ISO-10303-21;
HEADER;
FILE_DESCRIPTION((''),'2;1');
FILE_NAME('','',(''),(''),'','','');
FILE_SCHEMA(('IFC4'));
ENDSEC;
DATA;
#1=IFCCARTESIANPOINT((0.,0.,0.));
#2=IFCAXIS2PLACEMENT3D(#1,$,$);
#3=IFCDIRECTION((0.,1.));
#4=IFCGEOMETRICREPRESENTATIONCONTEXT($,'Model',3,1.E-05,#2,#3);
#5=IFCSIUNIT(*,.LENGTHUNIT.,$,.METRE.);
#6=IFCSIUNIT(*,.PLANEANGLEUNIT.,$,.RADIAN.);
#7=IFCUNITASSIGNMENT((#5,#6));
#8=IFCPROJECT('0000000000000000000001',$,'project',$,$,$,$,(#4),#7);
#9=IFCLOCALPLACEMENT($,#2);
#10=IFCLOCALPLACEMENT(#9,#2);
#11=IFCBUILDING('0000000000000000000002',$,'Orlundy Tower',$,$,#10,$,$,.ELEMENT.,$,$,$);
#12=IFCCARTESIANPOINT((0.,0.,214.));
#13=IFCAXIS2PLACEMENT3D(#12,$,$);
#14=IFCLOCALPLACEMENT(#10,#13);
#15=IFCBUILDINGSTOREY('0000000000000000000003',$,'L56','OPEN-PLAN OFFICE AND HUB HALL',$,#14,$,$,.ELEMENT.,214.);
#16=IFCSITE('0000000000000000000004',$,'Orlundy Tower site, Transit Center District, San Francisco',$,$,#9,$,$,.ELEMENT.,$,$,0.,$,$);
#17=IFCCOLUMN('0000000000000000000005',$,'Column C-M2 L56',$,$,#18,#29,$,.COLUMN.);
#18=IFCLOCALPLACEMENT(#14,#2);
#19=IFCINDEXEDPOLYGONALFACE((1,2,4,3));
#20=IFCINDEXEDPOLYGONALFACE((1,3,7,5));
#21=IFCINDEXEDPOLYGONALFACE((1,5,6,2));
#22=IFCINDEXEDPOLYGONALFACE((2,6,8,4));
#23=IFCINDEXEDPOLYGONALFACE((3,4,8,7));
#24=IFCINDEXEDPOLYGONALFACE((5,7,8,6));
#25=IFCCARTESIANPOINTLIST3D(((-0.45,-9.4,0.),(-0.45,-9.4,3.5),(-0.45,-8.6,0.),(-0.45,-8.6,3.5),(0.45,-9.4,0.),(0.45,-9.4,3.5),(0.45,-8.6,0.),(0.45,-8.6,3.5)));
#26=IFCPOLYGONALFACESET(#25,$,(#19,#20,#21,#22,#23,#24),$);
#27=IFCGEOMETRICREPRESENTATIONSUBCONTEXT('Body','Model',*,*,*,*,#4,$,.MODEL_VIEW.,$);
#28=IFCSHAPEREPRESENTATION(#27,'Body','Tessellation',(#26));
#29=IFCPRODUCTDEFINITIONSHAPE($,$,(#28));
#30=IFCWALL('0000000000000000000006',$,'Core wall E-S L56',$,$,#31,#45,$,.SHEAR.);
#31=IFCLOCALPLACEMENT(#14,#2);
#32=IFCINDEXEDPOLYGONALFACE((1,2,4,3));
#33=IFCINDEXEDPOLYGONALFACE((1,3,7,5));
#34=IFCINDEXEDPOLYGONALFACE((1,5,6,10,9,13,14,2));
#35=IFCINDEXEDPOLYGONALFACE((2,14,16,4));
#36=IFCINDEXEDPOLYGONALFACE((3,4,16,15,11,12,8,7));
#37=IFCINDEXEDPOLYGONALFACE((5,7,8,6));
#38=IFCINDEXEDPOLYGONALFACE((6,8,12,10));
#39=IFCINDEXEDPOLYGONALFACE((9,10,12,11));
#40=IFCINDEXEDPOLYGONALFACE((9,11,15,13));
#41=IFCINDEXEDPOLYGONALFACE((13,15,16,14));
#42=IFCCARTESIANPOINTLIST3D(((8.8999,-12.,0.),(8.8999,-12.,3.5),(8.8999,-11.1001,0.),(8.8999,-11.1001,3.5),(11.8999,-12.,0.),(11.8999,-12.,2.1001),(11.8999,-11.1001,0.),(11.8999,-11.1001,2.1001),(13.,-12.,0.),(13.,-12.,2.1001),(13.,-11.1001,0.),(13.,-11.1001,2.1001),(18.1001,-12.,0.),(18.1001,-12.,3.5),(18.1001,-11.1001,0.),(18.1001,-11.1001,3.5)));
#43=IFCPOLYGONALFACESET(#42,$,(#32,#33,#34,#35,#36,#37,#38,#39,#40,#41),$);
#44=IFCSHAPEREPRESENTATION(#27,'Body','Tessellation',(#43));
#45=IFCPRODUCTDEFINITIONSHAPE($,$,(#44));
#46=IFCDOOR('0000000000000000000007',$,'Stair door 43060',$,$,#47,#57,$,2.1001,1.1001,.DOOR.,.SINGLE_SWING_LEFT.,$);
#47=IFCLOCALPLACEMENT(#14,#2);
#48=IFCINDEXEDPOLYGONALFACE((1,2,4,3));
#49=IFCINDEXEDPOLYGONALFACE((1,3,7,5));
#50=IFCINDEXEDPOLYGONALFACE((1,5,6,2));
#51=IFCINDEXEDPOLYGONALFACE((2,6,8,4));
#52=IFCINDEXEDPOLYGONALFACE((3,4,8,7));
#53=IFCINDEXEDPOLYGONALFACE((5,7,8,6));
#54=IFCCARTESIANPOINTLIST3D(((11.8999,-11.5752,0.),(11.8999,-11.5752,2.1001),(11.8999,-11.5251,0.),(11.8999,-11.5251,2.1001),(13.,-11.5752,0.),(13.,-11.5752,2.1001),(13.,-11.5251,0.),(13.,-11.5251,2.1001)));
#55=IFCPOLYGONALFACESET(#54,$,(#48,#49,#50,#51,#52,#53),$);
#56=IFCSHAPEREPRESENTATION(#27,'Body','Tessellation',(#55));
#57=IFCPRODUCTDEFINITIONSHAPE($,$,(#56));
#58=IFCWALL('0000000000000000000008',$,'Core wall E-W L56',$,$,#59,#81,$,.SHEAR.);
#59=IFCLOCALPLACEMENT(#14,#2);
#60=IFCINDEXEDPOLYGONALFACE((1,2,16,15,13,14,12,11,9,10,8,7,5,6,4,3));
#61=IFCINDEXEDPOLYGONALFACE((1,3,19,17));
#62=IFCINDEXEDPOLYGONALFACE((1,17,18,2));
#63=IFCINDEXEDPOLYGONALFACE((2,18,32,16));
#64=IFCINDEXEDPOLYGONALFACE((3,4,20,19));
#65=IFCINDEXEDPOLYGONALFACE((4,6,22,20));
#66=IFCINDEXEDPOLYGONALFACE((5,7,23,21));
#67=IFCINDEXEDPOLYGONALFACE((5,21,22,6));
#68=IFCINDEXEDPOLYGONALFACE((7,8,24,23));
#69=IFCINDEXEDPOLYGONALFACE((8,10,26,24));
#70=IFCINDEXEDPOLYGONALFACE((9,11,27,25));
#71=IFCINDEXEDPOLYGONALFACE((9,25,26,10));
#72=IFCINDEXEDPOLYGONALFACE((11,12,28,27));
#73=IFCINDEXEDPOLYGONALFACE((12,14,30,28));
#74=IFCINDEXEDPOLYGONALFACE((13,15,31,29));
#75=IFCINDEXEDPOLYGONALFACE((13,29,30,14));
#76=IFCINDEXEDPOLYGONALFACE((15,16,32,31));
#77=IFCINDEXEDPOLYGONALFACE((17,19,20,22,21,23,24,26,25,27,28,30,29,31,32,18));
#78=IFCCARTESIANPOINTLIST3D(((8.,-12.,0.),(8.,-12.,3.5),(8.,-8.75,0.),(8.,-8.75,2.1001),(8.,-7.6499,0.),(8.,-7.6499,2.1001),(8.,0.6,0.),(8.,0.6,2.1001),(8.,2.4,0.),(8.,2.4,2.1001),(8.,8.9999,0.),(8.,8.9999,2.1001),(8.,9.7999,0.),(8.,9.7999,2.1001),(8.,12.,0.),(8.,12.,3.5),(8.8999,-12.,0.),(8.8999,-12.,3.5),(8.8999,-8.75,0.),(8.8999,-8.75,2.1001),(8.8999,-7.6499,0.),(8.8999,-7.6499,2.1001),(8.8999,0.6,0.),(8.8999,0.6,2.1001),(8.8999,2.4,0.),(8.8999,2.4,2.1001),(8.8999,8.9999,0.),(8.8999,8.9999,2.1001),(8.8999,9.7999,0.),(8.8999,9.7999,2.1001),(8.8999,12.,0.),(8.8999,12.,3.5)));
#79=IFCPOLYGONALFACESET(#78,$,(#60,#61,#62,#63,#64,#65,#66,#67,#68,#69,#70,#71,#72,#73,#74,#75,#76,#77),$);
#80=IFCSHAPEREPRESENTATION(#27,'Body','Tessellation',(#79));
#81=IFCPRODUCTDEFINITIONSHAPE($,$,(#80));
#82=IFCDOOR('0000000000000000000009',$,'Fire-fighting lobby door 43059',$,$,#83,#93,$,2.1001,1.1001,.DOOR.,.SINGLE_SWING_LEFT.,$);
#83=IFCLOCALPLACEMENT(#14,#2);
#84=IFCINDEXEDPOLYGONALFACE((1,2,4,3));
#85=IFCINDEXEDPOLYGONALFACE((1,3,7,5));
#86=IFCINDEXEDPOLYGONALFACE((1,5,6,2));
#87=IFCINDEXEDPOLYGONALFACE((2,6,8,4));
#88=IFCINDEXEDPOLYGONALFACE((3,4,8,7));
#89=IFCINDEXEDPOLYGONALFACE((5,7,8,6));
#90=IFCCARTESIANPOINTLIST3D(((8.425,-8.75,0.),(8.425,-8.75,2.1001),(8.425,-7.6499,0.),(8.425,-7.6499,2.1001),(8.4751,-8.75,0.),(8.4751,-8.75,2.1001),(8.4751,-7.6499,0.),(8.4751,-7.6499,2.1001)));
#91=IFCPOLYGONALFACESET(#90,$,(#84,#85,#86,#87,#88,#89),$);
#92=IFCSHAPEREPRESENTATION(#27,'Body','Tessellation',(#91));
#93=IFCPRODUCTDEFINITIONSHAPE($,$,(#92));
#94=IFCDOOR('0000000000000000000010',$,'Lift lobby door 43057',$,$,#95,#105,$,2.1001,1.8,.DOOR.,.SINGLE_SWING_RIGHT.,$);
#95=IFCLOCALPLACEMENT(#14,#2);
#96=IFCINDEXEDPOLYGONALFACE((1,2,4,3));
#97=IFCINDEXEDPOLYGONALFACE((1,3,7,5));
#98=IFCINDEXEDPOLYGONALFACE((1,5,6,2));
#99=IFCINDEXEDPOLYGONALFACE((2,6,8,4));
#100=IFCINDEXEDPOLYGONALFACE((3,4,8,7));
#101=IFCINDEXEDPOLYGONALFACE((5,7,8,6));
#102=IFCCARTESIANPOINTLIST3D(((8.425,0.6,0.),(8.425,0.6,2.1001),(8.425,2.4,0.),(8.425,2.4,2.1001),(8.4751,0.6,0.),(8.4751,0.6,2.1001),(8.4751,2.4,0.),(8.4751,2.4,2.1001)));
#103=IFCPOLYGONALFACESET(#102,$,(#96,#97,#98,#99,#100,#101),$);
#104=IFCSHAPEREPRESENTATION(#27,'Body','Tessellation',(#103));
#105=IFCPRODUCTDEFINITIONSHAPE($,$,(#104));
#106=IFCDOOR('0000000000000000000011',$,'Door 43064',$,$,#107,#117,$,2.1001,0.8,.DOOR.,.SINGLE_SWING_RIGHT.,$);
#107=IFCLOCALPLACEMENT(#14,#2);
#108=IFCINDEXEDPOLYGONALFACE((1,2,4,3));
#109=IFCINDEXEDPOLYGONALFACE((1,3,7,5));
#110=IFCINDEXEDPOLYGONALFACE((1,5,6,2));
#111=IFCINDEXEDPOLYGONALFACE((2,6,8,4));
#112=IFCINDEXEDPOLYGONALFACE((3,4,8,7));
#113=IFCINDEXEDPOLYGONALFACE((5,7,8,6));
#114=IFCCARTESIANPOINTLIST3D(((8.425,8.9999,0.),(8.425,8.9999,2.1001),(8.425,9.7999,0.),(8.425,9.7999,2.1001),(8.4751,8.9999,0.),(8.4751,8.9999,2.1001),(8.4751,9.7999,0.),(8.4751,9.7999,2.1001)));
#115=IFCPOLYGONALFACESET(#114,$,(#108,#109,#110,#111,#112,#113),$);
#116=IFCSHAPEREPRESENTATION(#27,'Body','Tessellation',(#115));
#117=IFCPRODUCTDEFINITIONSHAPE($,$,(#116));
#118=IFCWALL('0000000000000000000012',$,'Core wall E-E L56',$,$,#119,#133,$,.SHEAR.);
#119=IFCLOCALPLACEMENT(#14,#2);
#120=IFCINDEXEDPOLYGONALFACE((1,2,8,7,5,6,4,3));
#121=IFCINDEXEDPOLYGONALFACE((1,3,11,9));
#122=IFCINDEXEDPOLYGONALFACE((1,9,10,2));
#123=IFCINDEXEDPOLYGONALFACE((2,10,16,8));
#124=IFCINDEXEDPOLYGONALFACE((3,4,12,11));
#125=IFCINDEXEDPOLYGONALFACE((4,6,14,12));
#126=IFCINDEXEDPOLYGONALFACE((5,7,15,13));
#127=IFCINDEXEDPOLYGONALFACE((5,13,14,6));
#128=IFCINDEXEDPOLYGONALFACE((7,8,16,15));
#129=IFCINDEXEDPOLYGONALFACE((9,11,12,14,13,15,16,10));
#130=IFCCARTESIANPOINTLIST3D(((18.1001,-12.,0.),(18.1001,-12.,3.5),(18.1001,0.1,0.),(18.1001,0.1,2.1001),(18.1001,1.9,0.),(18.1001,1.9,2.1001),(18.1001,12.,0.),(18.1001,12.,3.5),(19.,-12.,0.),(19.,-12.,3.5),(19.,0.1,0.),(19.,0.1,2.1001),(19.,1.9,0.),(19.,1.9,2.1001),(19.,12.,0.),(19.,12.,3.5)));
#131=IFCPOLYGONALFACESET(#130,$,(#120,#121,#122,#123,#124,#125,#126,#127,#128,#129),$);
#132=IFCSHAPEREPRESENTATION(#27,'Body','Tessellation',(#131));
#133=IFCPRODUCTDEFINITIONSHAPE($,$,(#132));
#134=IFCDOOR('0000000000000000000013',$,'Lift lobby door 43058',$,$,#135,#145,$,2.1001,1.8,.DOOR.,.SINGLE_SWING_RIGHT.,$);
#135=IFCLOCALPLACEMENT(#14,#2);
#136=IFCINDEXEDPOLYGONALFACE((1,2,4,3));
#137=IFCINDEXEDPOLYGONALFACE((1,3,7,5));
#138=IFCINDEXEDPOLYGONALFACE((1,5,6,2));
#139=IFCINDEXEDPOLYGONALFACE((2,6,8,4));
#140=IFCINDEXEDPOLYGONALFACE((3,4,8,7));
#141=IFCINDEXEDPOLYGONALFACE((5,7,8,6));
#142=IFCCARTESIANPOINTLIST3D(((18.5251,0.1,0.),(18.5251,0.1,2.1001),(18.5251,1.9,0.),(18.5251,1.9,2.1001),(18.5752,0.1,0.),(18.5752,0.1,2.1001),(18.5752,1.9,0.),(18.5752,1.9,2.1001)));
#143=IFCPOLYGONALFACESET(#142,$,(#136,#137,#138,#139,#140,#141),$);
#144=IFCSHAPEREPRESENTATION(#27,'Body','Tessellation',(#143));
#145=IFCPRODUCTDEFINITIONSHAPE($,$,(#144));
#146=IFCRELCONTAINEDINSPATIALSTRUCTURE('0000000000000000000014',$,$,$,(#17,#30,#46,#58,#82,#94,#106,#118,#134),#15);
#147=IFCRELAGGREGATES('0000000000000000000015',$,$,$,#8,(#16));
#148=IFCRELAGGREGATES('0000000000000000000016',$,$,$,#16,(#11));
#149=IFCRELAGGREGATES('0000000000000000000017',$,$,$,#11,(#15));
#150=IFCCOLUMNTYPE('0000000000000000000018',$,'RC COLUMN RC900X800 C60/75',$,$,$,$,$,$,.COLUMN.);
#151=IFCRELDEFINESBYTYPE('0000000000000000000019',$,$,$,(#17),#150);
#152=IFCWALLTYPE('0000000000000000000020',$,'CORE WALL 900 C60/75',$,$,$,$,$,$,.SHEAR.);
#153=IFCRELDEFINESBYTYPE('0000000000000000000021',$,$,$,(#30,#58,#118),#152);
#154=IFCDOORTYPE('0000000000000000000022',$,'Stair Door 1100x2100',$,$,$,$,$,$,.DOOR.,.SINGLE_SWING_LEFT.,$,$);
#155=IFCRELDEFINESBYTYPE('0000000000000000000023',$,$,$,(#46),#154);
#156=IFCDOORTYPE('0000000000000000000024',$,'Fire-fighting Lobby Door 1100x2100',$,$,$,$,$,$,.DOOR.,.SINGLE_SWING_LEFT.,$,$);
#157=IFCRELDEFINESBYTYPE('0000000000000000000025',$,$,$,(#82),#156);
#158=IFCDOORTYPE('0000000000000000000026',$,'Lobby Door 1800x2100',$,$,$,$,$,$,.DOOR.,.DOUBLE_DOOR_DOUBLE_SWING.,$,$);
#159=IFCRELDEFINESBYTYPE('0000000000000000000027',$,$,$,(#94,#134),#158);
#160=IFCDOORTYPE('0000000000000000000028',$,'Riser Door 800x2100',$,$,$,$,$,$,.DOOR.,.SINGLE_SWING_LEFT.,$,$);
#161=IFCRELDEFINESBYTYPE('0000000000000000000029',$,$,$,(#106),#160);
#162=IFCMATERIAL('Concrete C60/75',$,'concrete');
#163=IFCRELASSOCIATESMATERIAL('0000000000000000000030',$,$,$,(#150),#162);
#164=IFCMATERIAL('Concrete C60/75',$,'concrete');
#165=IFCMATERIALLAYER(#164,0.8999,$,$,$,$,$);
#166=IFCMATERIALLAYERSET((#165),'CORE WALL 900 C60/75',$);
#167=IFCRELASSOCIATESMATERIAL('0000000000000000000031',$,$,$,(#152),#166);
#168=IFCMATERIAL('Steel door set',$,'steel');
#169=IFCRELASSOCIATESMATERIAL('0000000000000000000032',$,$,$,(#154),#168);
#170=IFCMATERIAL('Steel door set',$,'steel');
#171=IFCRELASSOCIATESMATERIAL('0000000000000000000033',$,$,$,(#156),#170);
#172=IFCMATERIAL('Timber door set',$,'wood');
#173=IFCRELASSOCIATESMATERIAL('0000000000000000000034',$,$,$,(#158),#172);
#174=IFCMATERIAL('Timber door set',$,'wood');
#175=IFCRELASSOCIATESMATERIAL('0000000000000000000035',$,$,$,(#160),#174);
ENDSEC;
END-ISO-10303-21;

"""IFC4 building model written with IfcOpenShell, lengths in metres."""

from ifc_helpers import new_model, si_unit, direction, frame, frame_2d, origin, origin_2d, place, context, subcontext, project, spatial, rectangle, extrude, material, layer, layer_set, material_profile, profile_set, type_object, element, fill, save


model = new_model("IFC4")

# Units and contexts
model_context = context("Model", 3, precision=1e-05, world=origin(), true_north=direction((0.0, 1.0)))
body_context = subcontext(model_context, "Body", "Model", "MODEL_VIEW")
ifc_project = project(units=[si_unit("LENGTHUNIT", "METRE"), si_unit("PLANEANGLEUNIT", "RADIAN")], contexts=[model_context])

# Site, building, storey
site_placement = place(None, origin())
site = spatial("IfcSite", under=ifc_project, at=site_placement, Name="Orlundy Tower site, Transit Center District, San Francisco", CompositionType="ELEMENT", RefElevation=0.0)
building_placement = place(site_placement, origin())
building = spatial("IfcBuilding", under=site, at=building_placement, Name="Orlundy Tower", CompositionType="ELEMENT")
storey_placement = place(building_placement, frame((0.0, 0.0, 214.0)))
storey = spatial("IfcBuildingStorey", under=building, at=storey_placement, Name="L56", Description="OPEN-PLAN OFFICE AND HUB HALL", CompositionType="ELEMENT", Elevation=214.0)

# Column
ifc_material_1 = material(Name="Concrete C60/75", Category="concrete")
ifc_material_profile = material_profile(ifc_material_1, rectangle(XDim=0.8999, YDim=0.8, at=origin_2d()), Name="RC900X800")
ifc_profile_set = profile_set([ifc_material_profile], Name="Concrete C60/75")
column_type = type_object("IfcColumnType", Name="RC COLUMN RC900X800 C60/75", PredefinedType="COLUMN", material=ifc_profile_set)
column_placement = place(storey_placement, frame((0.0, -9.0, 0.0), z_axis=(0.0, 0.0, 1.0), x_axis=(1.0, 0.0, 0.0)))
element("IfcColumn", 1, at=column_placement, inside=storey, type_object=column_type, Name="Column C-M2 L56", PredefinedType="COLUMN", context=body_context, shape_type="SweptSolid", body=[
    extrude(rectangle(XDim=0.8999, YDim=0.8, at=origin_2d()), origin(), (0.0, 0.0, 1.0), 3.5),
])

# Wall, opening, door
ifc_material_2 = material(Name="Concrete C60/75", Category="concrete")
ifc_layer_1 = layer(ifc_material_2, 0.8999)
ifc_layer_set_1 = layer_set([ifc_layer_1], Name="CORE WALL 900 C60/75")
wall_type_1 = type_object("IfcWallType", Name="CORE WALL 900 C60/75", PredefinedType="SHEAR", material=ifc_layer_set_1)
wall_1_placement = place(storey_placement, frame((8.8999, -11.55, 0.0), z_axis=(0.0, 0.0, 1.0), x_axis=(1.0, 0.0, 0.0)))
wall_1 = element("IfcWall", 2, at=wall_1_placement, inside=storey, type_object=wall_type_1, Name="Core wall E-S L56", PredefinedType="SHEAR", context=body_context, shape_type="SweptSolid", body=[
    extrude(rectangle(XDim=9.2002, YDim=0.8999, at=frame_2d((4.6001, 0.0))), origin(), (0.0, 0.0, 1.0), 3.5),
])
opening_1_placement = place(wall_1_placement, frame((3.0, 0.0, 0.0)))
opening_1 = element("IfcOpeningElement", 3, at=opening_1_placement, cuts=wall_1, PredefinedType="OPENING", context=body_context, shape_type="SweptSolid", body=[
    extrude(rectangle(XDim=1.1001, YDim=2.1001, at=frame_2d((0.55, 1.05))), frame((0.0, 0.46, 0.0), z_axis=(0.0, -1.0, 0.0), x_axis=(1.0, 0.0, 0.0)), (0.0, 0.0, 1.0), 0.9199),
])
ifc_material_3 = material(Name="Steel door set", Category="steel")
door_type_1 = type_object("IfcDoorType", Name="Stair Door 1100x2100", OperationType="SINGLE_SWING_LEFT", PredefinedType="DOOR", material=ifc_material_3)
door_1_placement = place(opening_1_placement, origin())
door_1 = element("IfcDoor", 4, at=door_1_placement, inside=storey, type_object=door_type_1, Name="Stair door 43060", OperationType="SINGLE_SWING_LEFT", OverallHeight=2.1001, OverallWidth=1.1001, PredefinedType="DOOR", context=body_context, shape_type="SweptSolid", body=[
    extrude(rectangle(XDim=1.1001, YDim=2.1001, at=frame_2d((0.55, 1.05))), frame((0.0, 0.0249, 0.0), z_axis=(0.0, -1.0, 0.0), x_axis=(1.0, 0.0, 0.0)), (0.0, 0.0, 1.0), 0.05),
])
fill(opening_1, door_1)

# Wall, openings, doors
wall_2_placement = place(storey_placement, frame((8.45, -12.0, 0.0), z_axis=(0.0, 0.0, 1.0), x_axis=(0.0, 1.0, 0.0)))
wall_2 = element("IfcWall", 5, at=wall_2_placement, inside=storey, type_object=wall_type_1, Name="Core wall E-W L56", PredefinedType="SHEAR", context=body_context, shape_type="SweptSolid", body=[
    extrude(rectangle(XDim=24.0, YDim=0.8999, at=frame_2d((12.0, 0.0))), origin(), (0.0, 0.0, 1.0), 3.5),
])
opening_2_placement = place(wall_2_placement, frame((12.6001, 0.0, 0.0)))
opening_2 = element("IfcOpeningElement", 6, at=opening_2_placement, cuts=wall_2, PredefinedType="OPENING", context=body_context, shape_type="SweptSolid", body=[
    extrude(rectangle(XDim=1.8, YDim=2.1001, at=frame_2d((0.8999, 1.05))), frame((0.0, 0.46, 0.0), z_axis=(0.0, -1.0, 0.0), x_axis=(1.0, 0.0, 0.0)), (0.0, 0.0, 1.0), 0.9199),
])
opening_3_placement = place(wall_2_placement, frame((3.25, 0.0, 0.0)))
opening_3 = element("IfcOpeningElement", 7, at=opening_3_placement, cuts=wall_2, PredefinedType="OPENING", context=body_context, shape_type="SweptSolid", body=[
    extrude(rectangle(XDim=1.1001, YDim=2.1001, at=frame_2d((0.55, 1.05))), frame((0.0, 0.46, 0.0), z_axis=(0.0, -1.0, 0.0), x_axis=(1.0, 0.0, 0.0)), (0.0, 0.0, 1.0), 0.9199),
])
opening_4_placement = place(wall_2_placement, frame((21.0, 0.0, 0.0)))
opening_4 = element("IfcOpeningElement", 8, at=opening_4_placement, cuts=wall_2, PredefinedType="OPENING", context=body_context, shape_type="SweptSolid", body=[
    extrude(rectangle(XDim=0.8, YDim=2.1001, at=frame_2d((0.3999, 1.05))), frame((0.0, 0.46, 0.0), z_axis=(0.0, -1.0, 0.0), x_axis=(1.0, 0.0, 0.0)), (0.0, 0.0, 1.0), 0.9199),
])
ifc_material_4 = material(Name="Steel door set", Category="steel")
door_type_2 = type_object("IfcDoorType", Name="Fire-fighting Lobby Door 1100x2100", OperationType="SINGLE_SWING_LEFT", PredefinedType="DOOR", material=ifc_material_4)
door_2_placement = place(opening_3_placement, origin())
door_2 = element("IfcDoor", 9, at=door_2_placement, inside=storey, type_object=door_type_2, Name="Fire-fighting lobby door 43059", OperationType="SINGLE_SWING_LEFT", OverallHeight=2.1001, OverallWidth=1.1001, PredefinedType="DOOR", context=body_context, shape_type="SweptSolid", body=[
    extrude(rectangle(XDim=1.1001, YDim=2.1001, at=frame_2d((0.55, 1.05))), frame((0.0, 0.0249, 0.0), z_axis=(0.0, -1.0, 0.0), x_axis=(1.0, 0.0, 0.0)), (0.0, 0.0, 1.0), 0.05),
])
fill(opening_3, door_2)
ifc_material_5 = material(Name="Timber door set", Category="wood")
door_type_3 = type_object("IfcDoorType", Name="Lobby Door 1800x2100", OperationType="DOUBLE_DOOR_DOUBLE_SWING", PredefinedType="DOOR", material=ifc_material_5)
door_3_placement = place(opening_2_placement, origin())
door_3 = element("IfcDoor", 10, at=door_3_placement, inside=storey, type_object=door_type_3, Name="Lift lobby door 43057", OperationType="SINGLE_SWING_RIGHT", OverallHeight=2.1001, OverallWidth=1.8, PredefinedType="DOOR", context=body_context, shape_type="SweptSolid", body=[
    extrude(rectangle(XDim=1.8, YDim=2.1001, at=frame_2d((0.8999, 1.05))), frame((0.0, 0.0249, 0.0), z_axis=(0.0, -1.0, 0.0), x_axis=(1.0, 0.0, 0.0)), (0.0, 0.0, 1.0), 0.05),
])
fill(opening_2, door_3)
ifc_material_6 = material(Name="Timber door set", Category="wood")
door_type_4 = type_object("IfcDoorType", Name="Riser Door 800x2100", OperationType="SINGLE_SWING_LEFT", PredefinedType="DOOR", material=ifc_material_6)
door_4_placement = place(opening_4_placement, origin())
door_4 = element("IfcDoor", 11, at=door_4_placement, inside=storey, type_object=door_type_4, Name="Door 43064", OperationType="SINGLE_SWING_RIGHT", OverallHeight=2.1001, OverallWidth=0.8, PredefinedType="DOOR", context=body_context, shape_type="SweptSolid", body=[
    extrude(rectangle(XDim=0.8, YDim=2.1001, at=frame_2d((0.3999, 1.05))), frame((0.0, 0.0249, 0.0), z_axis=(0.0, -1.0, 0.0), x_axis=(1.0, 0.0, 0.0)), (0.0, 0.0, 1.0), 0.05),
])
fill(opening_4, door_4)

# Wall, opening, door
wall_3_placement = place(storey_placement, frame((18.55, -12.0, 0.0), z_axis=(0.0, 0.0, 1.0), x_axis=(0.0, 1.0, 0.0)))
wall_3 = element("IfcWall", 12, at=wall_3_placement, inside=storey, type_object=wall_type_1, Name="Core wall E-E L56", PredefinedType="SHEAR", context=body_context, shape_type="SweptSolid", body=[
    extrude(rectangle(XDim=24.0, YDim=0.8999, at=frame_2d((12.0, 0.0))), origin(), (0.0, 0.0, 1.0), 3.5),
])
opening_5_placement = place(wall_3_placement, frame((12.1001, 0.0, 0.0)))
opening_5 = element("IfcOpeningElement", 13, at=opening_5_placement, cuts=wall_3, PredefinedType="OPENING", context=body_context, shape_type="SweptSolid", body=[
    extrude(rectangle(XDim=1.8, YDim=2.1001, at=frame_2d((0.8999, 1.05))), frame((0.0, 0.46, 0.0), z_axis=(0.0, -1.0, 0.0), x_axis=(1.0, 0.0, 0.0)), (0.0, 0.0, 1.0), 0.9199),
])
door_5_placement = place(opening_5_placement, origin())
door_5 = element("IfcDoor", 14, at=door_5_placement, inside=storey, type_object=door_type_3, Name="Lift lobby door 43058", OperationType="SINGLE_SWING_RIGHT", OverallHeight=2.1001, OverallWidth=1.8, PredefinedType="DOOR", context=body_context, shape_type="SweptSolid", body=[
    extrude(rectangle(XDim=1.8, YDim=2.1001, at=frame_2d((0.8999, 1.05))), frame((0.0, 0.0249, 0.0), z_axis=(0.0, -1.0, 0.0), x_axis=(1.0, 0.0, 0.0)), (0.0, 0.0, 1.0), 0.05),
])
fill(opening_5, door_5)

save(model, "model.ifc")
